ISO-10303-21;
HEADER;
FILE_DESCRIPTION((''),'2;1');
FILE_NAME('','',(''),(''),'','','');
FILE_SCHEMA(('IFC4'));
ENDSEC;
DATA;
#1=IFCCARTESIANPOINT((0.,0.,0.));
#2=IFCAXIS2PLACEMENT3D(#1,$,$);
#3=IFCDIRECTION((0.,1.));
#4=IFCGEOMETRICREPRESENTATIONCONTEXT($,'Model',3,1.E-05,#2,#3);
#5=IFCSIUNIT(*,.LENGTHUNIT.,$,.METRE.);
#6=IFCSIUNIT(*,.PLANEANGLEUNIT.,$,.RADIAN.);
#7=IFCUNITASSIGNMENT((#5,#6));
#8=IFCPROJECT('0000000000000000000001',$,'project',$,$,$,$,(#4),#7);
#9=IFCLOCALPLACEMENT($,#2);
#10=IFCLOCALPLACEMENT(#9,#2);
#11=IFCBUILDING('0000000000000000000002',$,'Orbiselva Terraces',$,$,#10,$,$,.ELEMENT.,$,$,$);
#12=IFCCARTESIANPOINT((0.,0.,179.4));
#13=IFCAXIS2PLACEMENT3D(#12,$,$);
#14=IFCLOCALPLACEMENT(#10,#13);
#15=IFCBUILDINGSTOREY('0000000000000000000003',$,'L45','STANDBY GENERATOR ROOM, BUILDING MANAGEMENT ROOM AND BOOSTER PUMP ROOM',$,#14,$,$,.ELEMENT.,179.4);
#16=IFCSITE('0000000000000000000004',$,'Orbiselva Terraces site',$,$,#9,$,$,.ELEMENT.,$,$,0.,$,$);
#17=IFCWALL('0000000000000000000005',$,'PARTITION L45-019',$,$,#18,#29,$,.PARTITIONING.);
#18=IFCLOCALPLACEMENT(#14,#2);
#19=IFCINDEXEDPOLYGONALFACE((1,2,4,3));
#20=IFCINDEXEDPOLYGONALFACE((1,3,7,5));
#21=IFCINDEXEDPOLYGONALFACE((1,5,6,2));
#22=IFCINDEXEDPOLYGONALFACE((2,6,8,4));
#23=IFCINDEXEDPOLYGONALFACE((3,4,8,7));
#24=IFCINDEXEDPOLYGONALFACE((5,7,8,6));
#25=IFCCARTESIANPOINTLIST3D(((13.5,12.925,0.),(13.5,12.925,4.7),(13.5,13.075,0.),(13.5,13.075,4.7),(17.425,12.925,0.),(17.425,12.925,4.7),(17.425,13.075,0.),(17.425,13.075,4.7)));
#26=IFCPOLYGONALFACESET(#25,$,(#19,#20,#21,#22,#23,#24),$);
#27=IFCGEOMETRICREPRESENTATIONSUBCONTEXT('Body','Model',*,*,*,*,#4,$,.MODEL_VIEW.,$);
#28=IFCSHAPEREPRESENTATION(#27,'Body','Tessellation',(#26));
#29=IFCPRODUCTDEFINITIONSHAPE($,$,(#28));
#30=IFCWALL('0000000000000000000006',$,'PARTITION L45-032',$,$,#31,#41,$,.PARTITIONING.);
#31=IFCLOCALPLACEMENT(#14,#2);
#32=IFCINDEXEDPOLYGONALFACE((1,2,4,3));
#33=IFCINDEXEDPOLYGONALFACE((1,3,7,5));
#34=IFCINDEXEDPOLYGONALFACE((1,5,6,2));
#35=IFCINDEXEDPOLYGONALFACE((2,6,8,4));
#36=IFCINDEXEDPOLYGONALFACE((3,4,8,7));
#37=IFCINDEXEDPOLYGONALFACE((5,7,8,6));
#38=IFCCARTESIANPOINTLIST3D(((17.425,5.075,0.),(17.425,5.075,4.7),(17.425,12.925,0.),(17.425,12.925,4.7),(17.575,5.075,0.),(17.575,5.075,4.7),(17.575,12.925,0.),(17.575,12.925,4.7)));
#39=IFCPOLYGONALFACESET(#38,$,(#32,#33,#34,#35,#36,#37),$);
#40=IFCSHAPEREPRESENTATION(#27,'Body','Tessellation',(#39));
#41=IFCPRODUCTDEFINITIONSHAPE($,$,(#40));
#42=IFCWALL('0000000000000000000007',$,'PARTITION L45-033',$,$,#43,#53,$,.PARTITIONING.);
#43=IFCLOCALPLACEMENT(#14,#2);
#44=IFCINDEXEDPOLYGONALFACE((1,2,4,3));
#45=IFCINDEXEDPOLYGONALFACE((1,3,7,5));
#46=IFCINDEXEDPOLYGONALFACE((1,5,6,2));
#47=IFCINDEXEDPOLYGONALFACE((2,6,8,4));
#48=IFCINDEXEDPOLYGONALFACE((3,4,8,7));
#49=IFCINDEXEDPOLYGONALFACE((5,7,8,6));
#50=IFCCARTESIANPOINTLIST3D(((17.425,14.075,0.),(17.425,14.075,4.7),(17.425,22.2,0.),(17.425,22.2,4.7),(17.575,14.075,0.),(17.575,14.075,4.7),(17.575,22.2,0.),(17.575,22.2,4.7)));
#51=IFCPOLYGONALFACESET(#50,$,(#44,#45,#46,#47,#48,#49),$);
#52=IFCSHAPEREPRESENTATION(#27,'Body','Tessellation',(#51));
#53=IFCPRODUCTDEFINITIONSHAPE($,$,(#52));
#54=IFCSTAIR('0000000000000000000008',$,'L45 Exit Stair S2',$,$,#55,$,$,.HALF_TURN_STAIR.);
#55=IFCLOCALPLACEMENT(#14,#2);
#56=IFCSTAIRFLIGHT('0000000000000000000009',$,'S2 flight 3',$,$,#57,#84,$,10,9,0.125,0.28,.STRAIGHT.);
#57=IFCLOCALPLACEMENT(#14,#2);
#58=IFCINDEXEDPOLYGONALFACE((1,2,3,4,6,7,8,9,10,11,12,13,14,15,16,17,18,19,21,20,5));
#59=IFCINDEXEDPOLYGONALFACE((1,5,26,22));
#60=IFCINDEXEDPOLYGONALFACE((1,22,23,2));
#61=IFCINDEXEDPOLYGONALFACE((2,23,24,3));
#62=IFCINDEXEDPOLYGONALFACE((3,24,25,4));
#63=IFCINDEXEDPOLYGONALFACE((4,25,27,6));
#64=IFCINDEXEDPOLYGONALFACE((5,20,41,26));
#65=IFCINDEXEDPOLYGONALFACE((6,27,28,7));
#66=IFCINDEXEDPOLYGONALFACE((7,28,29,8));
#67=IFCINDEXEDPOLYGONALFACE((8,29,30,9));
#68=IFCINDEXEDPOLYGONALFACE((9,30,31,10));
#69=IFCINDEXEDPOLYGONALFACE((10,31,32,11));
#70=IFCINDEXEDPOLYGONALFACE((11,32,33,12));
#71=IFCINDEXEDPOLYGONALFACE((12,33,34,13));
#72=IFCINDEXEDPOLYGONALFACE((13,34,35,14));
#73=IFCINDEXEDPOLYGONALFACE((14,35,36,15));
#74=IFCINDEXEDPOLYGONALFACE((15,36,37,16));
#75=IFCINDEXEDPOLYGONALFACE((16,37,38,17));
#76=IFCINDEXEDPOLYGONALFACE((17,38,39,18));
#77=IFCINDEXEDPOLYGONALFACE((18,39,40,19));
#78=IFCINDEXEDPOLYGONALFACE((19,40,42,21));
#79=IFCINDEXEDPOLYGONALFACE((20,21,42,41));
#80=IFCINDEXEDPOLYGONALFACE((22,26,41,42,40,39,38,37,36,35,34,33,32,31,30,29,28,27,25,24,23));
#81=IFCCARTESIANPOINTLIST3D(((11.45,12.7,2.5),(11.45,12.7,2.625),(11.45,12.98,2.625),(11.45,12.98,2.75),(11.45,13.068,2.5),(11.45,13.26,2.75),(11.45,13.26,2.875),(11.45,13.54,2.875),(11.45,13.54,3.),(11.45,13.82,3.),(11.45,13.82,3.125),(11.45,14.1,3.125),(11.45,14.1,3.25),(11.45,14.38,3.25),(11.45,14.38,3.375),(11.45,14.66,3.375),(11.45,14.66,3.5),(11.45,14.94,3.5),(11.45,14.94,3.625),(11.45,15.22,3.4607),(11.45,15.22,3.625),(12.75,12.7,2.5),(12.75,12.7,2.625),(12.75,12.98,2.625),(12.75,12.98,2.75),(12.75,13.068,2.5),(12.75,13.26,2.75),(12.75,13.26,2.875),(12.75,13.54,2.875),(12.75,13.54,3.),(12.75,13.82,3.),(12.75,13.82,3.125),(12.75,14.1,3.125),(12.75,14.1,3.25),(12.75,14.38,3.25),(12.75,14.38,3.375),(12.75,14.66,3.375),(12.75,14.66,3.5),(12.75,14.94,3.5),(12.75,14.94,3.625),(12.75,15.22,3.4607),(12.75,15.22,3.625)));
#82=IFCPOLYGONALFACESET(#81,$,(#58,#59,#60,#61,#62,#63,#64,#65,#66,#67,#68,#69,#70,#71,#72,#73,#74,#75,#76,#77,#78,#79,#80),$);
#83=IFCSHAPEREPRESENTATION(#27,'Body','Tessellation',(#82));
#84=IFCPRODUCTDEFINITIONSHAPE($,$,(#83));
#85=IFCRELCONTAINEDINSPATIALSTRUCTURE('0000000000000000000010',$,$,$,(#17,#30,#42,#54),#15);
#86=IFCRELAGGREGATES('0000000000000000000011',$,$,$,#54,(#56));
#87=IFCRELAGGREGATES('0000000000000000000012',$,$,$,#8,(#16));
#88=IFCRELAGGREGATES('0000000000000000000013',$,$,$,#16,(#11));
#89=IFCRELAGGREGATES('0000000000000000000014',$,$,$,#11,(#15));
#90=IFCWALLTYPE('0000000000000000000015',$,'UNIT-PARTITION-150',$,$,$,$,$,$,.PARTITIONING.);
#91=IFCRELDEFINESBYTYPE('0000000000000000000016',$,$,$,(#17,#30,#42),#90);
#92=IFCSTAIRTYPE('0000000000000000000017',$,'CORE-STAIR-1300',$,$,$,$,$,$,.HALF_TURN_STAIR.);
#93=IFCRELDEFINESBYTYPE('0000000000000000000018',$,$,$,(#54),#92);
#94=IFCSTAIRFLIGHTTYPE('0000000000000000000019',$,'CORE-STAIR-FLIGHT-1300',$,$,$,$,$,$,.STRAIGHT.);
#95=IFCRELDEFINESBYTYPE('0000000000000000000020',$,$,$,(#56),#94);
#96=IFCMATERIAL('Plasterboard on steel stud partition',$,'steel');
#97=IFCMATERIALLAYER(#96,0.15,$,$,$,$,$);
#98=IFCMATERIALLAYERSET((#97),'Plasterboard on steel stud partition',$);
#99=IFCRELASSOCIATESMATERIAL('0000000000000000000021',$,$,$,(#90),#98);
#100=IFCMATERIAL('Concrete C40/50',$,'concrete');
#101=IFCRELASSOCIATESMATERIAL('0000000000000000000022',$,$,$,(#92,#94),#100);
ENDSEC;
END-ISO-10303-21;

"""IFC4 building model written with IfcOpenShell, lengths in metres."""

from ifc_helpers import new_model, si_unit, direction, frame, frame_2d, origin, place, context, subcontext, project, spatial, polyline, rectangle, outline, extrude, material, layer, layer_set, type_object, element, aggregate, save


model = new_model("IFC4")

# Units and contexts
model_context = context("Model", 3, precision=1e-05, world=origin(), true_north=direction((0.0, 1.0)))
body_context = subcontext(model_context, "Body", "Model", "MODEL_VIEW")
ifc_project = project(units=[si_unit("LENGTHUNIT", "METRE"), si_unit("PLANEANGLEUNIT", "RADIAN")], contexts=[model_context])

# Site, building, storey
site_placement = place(None, origin())
site = spatial("IfcSite", under=ifc_project, at=site_placement, Name="Orbiselva Terraces site", CompositionType="ELEMENT", RefElevation=0.0)
building_placement = place(site_placement, origin())
building = spatial("IfcBuilding", under=site, at=building_placement, Name="Orbiselva Terraces", CompositionType="ELEMENT")
storey_placement = place(building_placement, frame((0.0, 0.0, 179.4)))
storey = spatial("IfcBuildingStorey", under=building, at=storey_placement, Name="L45", Description="STANDBY GENERATOR ROOM, BUILDING MANAGEMENT ROOM AND BOOSTER PUMP ROOM", CompositionType="ELEMENT", Elevation=179.4)

# Walls
ifc_material_1 = material(Name="Concrete C40/50", Category="concrete")
ifc_material_2 = material(Name="Plasterboard on steel stud partition", Category="steel")
ifc_layer_1 = layer(ifc_material_2, 0.15)
ifc_layer_set_1 = layer_set([ifc_layer_1], Name="Plasterboard on steel stud partition")
wall_type_1 = type_object("IfcWallType", Name="UNIT-PARTITION-150", PredefinedType="PARTITIONING", material=ifc_layer_set_1)
for number, where, z_axis, x_axis, name in (
    (1, (13.5, 13.0, 0.0), (0.0, 0.0, 1.0), (1.0, 0.0, 0.0), "PARTITION L45-019"),
):
    element("IfcWall", number, at=place(storey_placement, frame(where, z_axis=z_axis, x_axis=x_axis)), inside=storey, type_object=wall_type_1, Name=name, PredefinedType="PARTITIONING", context=body_context, shape_type="SweptSolid", body=[
        extrude(rectangle(XDim=3.925, YDim=0.15, at=frame_2d((1.9625, 0.0))), origin(), (0.0, 0.0, 1.0), 4.7),
    ])
wall_1_placement = place(storey_placement, frame((17.5, 5.075, 0.0), z_axis=(0.0, 0.0, 1.0), x_axis=(0.0, 1.0, 0.0)))
element("IfcWall", 2, at=wall_1_placement, inside=storey, type_object=wall_type_1, Name="PARTITION L45-032", PredefinedType="PARTITIONING", context=body_context, shape_type="SweptSolid", body=[
    extrude(rectangle(XDim=7.85, YDim=0.15, at=frame_2d((3.925, 0.0))), origin(), (0.0, 0.0, 1.0), 4.7),
])
wall_2_placement = place(storey_placement, frame((17.5, 14.075, 0.0), z_axis=(0.0, 0.0, 1.0), x_axis=(0.0, 1.0, 0.0)))
element("IfcWall", 3, at=wall_2_placement, inside=storey, type_object=wall_type_1, Name="PARTITION L45-033", PredefinedType="PARTITIONING", context=body_context, shape_type="SweptSolid", body=[
    extrude(rectangle(XDim=8.125, YDim=0.15, at=frame_2d((4.0625, 0.0))), origin(), (0.0, 0.0, 1.0), 4.7),
])

# Stair, stair flight
stair_type = type_object("IfcStairType", Name="CORE-STAIR-1300", PredefinedType="HALF_TURN_STAIR", material=ifc_material_1)
stair_placement = place(storey_placement, origin())
stair = element("IfcStair", 4, at=stair_placement, inside=storey, type_object=stair_type, Name="L45 Exit Stair S2", PredefinedType="HALF_TURN_STAIR")
stair_flight_type = type_object("IfcStairFlightType", Name="CORE-STAIR-FLIGHT-1300", PredefinedType="STRAIGHT", material=ifc_material_1)
stair_flight_placement = place(storey_placement, frame((12.1, 12.7, 2.5), z_axis=(0.0, 0.0, 1.0), x_axis=(0.0, 1.0, 0.0)))
stair_flight = element("IfcStairFlight", 5, at=stair_flight_placement, type_object=stair_flight_type, Name="S2 flight 3", NumberOfRisers=10, NumberOfTreads=9, PredefinedType="STRAIGHT", RiserHeight=0.125, TreadLength=0.28, context=body_context, shape_type="SweptSolid", body=[
    extrude(outline(polyline([(0.0, 0.0), (0.0, 0.125), (0.28, 0.125), (0.28, 0.25), (0.56, 0.25), (0.56, 0.375), (0.84, 0.375), (0.84, 0.5), (1.12, 0.5), (1.12, 0.625), (1.4, 0.625), (1.4, 0.75), (1.68, 0.75), (1.68, 0.875), (1.96, 0.875), (1.96, 1.0), (2.24, 1.0), (2.24, 1.125), (2.52, 1.125), (2.52, 1.25), (2.52, 0.9607), (0.368, 0.0), (0.0, 0.0)])), frame((0.0, 0.65, 0.0), z_axis=(0.0, -1.0, 0.0), x_axis=(1.0, 0.0, 0.0)), (0.0, 0.0, 1.0), 1.3),
])
aggregate(stair, [stair_flight])

save(model, "model.ifc")
